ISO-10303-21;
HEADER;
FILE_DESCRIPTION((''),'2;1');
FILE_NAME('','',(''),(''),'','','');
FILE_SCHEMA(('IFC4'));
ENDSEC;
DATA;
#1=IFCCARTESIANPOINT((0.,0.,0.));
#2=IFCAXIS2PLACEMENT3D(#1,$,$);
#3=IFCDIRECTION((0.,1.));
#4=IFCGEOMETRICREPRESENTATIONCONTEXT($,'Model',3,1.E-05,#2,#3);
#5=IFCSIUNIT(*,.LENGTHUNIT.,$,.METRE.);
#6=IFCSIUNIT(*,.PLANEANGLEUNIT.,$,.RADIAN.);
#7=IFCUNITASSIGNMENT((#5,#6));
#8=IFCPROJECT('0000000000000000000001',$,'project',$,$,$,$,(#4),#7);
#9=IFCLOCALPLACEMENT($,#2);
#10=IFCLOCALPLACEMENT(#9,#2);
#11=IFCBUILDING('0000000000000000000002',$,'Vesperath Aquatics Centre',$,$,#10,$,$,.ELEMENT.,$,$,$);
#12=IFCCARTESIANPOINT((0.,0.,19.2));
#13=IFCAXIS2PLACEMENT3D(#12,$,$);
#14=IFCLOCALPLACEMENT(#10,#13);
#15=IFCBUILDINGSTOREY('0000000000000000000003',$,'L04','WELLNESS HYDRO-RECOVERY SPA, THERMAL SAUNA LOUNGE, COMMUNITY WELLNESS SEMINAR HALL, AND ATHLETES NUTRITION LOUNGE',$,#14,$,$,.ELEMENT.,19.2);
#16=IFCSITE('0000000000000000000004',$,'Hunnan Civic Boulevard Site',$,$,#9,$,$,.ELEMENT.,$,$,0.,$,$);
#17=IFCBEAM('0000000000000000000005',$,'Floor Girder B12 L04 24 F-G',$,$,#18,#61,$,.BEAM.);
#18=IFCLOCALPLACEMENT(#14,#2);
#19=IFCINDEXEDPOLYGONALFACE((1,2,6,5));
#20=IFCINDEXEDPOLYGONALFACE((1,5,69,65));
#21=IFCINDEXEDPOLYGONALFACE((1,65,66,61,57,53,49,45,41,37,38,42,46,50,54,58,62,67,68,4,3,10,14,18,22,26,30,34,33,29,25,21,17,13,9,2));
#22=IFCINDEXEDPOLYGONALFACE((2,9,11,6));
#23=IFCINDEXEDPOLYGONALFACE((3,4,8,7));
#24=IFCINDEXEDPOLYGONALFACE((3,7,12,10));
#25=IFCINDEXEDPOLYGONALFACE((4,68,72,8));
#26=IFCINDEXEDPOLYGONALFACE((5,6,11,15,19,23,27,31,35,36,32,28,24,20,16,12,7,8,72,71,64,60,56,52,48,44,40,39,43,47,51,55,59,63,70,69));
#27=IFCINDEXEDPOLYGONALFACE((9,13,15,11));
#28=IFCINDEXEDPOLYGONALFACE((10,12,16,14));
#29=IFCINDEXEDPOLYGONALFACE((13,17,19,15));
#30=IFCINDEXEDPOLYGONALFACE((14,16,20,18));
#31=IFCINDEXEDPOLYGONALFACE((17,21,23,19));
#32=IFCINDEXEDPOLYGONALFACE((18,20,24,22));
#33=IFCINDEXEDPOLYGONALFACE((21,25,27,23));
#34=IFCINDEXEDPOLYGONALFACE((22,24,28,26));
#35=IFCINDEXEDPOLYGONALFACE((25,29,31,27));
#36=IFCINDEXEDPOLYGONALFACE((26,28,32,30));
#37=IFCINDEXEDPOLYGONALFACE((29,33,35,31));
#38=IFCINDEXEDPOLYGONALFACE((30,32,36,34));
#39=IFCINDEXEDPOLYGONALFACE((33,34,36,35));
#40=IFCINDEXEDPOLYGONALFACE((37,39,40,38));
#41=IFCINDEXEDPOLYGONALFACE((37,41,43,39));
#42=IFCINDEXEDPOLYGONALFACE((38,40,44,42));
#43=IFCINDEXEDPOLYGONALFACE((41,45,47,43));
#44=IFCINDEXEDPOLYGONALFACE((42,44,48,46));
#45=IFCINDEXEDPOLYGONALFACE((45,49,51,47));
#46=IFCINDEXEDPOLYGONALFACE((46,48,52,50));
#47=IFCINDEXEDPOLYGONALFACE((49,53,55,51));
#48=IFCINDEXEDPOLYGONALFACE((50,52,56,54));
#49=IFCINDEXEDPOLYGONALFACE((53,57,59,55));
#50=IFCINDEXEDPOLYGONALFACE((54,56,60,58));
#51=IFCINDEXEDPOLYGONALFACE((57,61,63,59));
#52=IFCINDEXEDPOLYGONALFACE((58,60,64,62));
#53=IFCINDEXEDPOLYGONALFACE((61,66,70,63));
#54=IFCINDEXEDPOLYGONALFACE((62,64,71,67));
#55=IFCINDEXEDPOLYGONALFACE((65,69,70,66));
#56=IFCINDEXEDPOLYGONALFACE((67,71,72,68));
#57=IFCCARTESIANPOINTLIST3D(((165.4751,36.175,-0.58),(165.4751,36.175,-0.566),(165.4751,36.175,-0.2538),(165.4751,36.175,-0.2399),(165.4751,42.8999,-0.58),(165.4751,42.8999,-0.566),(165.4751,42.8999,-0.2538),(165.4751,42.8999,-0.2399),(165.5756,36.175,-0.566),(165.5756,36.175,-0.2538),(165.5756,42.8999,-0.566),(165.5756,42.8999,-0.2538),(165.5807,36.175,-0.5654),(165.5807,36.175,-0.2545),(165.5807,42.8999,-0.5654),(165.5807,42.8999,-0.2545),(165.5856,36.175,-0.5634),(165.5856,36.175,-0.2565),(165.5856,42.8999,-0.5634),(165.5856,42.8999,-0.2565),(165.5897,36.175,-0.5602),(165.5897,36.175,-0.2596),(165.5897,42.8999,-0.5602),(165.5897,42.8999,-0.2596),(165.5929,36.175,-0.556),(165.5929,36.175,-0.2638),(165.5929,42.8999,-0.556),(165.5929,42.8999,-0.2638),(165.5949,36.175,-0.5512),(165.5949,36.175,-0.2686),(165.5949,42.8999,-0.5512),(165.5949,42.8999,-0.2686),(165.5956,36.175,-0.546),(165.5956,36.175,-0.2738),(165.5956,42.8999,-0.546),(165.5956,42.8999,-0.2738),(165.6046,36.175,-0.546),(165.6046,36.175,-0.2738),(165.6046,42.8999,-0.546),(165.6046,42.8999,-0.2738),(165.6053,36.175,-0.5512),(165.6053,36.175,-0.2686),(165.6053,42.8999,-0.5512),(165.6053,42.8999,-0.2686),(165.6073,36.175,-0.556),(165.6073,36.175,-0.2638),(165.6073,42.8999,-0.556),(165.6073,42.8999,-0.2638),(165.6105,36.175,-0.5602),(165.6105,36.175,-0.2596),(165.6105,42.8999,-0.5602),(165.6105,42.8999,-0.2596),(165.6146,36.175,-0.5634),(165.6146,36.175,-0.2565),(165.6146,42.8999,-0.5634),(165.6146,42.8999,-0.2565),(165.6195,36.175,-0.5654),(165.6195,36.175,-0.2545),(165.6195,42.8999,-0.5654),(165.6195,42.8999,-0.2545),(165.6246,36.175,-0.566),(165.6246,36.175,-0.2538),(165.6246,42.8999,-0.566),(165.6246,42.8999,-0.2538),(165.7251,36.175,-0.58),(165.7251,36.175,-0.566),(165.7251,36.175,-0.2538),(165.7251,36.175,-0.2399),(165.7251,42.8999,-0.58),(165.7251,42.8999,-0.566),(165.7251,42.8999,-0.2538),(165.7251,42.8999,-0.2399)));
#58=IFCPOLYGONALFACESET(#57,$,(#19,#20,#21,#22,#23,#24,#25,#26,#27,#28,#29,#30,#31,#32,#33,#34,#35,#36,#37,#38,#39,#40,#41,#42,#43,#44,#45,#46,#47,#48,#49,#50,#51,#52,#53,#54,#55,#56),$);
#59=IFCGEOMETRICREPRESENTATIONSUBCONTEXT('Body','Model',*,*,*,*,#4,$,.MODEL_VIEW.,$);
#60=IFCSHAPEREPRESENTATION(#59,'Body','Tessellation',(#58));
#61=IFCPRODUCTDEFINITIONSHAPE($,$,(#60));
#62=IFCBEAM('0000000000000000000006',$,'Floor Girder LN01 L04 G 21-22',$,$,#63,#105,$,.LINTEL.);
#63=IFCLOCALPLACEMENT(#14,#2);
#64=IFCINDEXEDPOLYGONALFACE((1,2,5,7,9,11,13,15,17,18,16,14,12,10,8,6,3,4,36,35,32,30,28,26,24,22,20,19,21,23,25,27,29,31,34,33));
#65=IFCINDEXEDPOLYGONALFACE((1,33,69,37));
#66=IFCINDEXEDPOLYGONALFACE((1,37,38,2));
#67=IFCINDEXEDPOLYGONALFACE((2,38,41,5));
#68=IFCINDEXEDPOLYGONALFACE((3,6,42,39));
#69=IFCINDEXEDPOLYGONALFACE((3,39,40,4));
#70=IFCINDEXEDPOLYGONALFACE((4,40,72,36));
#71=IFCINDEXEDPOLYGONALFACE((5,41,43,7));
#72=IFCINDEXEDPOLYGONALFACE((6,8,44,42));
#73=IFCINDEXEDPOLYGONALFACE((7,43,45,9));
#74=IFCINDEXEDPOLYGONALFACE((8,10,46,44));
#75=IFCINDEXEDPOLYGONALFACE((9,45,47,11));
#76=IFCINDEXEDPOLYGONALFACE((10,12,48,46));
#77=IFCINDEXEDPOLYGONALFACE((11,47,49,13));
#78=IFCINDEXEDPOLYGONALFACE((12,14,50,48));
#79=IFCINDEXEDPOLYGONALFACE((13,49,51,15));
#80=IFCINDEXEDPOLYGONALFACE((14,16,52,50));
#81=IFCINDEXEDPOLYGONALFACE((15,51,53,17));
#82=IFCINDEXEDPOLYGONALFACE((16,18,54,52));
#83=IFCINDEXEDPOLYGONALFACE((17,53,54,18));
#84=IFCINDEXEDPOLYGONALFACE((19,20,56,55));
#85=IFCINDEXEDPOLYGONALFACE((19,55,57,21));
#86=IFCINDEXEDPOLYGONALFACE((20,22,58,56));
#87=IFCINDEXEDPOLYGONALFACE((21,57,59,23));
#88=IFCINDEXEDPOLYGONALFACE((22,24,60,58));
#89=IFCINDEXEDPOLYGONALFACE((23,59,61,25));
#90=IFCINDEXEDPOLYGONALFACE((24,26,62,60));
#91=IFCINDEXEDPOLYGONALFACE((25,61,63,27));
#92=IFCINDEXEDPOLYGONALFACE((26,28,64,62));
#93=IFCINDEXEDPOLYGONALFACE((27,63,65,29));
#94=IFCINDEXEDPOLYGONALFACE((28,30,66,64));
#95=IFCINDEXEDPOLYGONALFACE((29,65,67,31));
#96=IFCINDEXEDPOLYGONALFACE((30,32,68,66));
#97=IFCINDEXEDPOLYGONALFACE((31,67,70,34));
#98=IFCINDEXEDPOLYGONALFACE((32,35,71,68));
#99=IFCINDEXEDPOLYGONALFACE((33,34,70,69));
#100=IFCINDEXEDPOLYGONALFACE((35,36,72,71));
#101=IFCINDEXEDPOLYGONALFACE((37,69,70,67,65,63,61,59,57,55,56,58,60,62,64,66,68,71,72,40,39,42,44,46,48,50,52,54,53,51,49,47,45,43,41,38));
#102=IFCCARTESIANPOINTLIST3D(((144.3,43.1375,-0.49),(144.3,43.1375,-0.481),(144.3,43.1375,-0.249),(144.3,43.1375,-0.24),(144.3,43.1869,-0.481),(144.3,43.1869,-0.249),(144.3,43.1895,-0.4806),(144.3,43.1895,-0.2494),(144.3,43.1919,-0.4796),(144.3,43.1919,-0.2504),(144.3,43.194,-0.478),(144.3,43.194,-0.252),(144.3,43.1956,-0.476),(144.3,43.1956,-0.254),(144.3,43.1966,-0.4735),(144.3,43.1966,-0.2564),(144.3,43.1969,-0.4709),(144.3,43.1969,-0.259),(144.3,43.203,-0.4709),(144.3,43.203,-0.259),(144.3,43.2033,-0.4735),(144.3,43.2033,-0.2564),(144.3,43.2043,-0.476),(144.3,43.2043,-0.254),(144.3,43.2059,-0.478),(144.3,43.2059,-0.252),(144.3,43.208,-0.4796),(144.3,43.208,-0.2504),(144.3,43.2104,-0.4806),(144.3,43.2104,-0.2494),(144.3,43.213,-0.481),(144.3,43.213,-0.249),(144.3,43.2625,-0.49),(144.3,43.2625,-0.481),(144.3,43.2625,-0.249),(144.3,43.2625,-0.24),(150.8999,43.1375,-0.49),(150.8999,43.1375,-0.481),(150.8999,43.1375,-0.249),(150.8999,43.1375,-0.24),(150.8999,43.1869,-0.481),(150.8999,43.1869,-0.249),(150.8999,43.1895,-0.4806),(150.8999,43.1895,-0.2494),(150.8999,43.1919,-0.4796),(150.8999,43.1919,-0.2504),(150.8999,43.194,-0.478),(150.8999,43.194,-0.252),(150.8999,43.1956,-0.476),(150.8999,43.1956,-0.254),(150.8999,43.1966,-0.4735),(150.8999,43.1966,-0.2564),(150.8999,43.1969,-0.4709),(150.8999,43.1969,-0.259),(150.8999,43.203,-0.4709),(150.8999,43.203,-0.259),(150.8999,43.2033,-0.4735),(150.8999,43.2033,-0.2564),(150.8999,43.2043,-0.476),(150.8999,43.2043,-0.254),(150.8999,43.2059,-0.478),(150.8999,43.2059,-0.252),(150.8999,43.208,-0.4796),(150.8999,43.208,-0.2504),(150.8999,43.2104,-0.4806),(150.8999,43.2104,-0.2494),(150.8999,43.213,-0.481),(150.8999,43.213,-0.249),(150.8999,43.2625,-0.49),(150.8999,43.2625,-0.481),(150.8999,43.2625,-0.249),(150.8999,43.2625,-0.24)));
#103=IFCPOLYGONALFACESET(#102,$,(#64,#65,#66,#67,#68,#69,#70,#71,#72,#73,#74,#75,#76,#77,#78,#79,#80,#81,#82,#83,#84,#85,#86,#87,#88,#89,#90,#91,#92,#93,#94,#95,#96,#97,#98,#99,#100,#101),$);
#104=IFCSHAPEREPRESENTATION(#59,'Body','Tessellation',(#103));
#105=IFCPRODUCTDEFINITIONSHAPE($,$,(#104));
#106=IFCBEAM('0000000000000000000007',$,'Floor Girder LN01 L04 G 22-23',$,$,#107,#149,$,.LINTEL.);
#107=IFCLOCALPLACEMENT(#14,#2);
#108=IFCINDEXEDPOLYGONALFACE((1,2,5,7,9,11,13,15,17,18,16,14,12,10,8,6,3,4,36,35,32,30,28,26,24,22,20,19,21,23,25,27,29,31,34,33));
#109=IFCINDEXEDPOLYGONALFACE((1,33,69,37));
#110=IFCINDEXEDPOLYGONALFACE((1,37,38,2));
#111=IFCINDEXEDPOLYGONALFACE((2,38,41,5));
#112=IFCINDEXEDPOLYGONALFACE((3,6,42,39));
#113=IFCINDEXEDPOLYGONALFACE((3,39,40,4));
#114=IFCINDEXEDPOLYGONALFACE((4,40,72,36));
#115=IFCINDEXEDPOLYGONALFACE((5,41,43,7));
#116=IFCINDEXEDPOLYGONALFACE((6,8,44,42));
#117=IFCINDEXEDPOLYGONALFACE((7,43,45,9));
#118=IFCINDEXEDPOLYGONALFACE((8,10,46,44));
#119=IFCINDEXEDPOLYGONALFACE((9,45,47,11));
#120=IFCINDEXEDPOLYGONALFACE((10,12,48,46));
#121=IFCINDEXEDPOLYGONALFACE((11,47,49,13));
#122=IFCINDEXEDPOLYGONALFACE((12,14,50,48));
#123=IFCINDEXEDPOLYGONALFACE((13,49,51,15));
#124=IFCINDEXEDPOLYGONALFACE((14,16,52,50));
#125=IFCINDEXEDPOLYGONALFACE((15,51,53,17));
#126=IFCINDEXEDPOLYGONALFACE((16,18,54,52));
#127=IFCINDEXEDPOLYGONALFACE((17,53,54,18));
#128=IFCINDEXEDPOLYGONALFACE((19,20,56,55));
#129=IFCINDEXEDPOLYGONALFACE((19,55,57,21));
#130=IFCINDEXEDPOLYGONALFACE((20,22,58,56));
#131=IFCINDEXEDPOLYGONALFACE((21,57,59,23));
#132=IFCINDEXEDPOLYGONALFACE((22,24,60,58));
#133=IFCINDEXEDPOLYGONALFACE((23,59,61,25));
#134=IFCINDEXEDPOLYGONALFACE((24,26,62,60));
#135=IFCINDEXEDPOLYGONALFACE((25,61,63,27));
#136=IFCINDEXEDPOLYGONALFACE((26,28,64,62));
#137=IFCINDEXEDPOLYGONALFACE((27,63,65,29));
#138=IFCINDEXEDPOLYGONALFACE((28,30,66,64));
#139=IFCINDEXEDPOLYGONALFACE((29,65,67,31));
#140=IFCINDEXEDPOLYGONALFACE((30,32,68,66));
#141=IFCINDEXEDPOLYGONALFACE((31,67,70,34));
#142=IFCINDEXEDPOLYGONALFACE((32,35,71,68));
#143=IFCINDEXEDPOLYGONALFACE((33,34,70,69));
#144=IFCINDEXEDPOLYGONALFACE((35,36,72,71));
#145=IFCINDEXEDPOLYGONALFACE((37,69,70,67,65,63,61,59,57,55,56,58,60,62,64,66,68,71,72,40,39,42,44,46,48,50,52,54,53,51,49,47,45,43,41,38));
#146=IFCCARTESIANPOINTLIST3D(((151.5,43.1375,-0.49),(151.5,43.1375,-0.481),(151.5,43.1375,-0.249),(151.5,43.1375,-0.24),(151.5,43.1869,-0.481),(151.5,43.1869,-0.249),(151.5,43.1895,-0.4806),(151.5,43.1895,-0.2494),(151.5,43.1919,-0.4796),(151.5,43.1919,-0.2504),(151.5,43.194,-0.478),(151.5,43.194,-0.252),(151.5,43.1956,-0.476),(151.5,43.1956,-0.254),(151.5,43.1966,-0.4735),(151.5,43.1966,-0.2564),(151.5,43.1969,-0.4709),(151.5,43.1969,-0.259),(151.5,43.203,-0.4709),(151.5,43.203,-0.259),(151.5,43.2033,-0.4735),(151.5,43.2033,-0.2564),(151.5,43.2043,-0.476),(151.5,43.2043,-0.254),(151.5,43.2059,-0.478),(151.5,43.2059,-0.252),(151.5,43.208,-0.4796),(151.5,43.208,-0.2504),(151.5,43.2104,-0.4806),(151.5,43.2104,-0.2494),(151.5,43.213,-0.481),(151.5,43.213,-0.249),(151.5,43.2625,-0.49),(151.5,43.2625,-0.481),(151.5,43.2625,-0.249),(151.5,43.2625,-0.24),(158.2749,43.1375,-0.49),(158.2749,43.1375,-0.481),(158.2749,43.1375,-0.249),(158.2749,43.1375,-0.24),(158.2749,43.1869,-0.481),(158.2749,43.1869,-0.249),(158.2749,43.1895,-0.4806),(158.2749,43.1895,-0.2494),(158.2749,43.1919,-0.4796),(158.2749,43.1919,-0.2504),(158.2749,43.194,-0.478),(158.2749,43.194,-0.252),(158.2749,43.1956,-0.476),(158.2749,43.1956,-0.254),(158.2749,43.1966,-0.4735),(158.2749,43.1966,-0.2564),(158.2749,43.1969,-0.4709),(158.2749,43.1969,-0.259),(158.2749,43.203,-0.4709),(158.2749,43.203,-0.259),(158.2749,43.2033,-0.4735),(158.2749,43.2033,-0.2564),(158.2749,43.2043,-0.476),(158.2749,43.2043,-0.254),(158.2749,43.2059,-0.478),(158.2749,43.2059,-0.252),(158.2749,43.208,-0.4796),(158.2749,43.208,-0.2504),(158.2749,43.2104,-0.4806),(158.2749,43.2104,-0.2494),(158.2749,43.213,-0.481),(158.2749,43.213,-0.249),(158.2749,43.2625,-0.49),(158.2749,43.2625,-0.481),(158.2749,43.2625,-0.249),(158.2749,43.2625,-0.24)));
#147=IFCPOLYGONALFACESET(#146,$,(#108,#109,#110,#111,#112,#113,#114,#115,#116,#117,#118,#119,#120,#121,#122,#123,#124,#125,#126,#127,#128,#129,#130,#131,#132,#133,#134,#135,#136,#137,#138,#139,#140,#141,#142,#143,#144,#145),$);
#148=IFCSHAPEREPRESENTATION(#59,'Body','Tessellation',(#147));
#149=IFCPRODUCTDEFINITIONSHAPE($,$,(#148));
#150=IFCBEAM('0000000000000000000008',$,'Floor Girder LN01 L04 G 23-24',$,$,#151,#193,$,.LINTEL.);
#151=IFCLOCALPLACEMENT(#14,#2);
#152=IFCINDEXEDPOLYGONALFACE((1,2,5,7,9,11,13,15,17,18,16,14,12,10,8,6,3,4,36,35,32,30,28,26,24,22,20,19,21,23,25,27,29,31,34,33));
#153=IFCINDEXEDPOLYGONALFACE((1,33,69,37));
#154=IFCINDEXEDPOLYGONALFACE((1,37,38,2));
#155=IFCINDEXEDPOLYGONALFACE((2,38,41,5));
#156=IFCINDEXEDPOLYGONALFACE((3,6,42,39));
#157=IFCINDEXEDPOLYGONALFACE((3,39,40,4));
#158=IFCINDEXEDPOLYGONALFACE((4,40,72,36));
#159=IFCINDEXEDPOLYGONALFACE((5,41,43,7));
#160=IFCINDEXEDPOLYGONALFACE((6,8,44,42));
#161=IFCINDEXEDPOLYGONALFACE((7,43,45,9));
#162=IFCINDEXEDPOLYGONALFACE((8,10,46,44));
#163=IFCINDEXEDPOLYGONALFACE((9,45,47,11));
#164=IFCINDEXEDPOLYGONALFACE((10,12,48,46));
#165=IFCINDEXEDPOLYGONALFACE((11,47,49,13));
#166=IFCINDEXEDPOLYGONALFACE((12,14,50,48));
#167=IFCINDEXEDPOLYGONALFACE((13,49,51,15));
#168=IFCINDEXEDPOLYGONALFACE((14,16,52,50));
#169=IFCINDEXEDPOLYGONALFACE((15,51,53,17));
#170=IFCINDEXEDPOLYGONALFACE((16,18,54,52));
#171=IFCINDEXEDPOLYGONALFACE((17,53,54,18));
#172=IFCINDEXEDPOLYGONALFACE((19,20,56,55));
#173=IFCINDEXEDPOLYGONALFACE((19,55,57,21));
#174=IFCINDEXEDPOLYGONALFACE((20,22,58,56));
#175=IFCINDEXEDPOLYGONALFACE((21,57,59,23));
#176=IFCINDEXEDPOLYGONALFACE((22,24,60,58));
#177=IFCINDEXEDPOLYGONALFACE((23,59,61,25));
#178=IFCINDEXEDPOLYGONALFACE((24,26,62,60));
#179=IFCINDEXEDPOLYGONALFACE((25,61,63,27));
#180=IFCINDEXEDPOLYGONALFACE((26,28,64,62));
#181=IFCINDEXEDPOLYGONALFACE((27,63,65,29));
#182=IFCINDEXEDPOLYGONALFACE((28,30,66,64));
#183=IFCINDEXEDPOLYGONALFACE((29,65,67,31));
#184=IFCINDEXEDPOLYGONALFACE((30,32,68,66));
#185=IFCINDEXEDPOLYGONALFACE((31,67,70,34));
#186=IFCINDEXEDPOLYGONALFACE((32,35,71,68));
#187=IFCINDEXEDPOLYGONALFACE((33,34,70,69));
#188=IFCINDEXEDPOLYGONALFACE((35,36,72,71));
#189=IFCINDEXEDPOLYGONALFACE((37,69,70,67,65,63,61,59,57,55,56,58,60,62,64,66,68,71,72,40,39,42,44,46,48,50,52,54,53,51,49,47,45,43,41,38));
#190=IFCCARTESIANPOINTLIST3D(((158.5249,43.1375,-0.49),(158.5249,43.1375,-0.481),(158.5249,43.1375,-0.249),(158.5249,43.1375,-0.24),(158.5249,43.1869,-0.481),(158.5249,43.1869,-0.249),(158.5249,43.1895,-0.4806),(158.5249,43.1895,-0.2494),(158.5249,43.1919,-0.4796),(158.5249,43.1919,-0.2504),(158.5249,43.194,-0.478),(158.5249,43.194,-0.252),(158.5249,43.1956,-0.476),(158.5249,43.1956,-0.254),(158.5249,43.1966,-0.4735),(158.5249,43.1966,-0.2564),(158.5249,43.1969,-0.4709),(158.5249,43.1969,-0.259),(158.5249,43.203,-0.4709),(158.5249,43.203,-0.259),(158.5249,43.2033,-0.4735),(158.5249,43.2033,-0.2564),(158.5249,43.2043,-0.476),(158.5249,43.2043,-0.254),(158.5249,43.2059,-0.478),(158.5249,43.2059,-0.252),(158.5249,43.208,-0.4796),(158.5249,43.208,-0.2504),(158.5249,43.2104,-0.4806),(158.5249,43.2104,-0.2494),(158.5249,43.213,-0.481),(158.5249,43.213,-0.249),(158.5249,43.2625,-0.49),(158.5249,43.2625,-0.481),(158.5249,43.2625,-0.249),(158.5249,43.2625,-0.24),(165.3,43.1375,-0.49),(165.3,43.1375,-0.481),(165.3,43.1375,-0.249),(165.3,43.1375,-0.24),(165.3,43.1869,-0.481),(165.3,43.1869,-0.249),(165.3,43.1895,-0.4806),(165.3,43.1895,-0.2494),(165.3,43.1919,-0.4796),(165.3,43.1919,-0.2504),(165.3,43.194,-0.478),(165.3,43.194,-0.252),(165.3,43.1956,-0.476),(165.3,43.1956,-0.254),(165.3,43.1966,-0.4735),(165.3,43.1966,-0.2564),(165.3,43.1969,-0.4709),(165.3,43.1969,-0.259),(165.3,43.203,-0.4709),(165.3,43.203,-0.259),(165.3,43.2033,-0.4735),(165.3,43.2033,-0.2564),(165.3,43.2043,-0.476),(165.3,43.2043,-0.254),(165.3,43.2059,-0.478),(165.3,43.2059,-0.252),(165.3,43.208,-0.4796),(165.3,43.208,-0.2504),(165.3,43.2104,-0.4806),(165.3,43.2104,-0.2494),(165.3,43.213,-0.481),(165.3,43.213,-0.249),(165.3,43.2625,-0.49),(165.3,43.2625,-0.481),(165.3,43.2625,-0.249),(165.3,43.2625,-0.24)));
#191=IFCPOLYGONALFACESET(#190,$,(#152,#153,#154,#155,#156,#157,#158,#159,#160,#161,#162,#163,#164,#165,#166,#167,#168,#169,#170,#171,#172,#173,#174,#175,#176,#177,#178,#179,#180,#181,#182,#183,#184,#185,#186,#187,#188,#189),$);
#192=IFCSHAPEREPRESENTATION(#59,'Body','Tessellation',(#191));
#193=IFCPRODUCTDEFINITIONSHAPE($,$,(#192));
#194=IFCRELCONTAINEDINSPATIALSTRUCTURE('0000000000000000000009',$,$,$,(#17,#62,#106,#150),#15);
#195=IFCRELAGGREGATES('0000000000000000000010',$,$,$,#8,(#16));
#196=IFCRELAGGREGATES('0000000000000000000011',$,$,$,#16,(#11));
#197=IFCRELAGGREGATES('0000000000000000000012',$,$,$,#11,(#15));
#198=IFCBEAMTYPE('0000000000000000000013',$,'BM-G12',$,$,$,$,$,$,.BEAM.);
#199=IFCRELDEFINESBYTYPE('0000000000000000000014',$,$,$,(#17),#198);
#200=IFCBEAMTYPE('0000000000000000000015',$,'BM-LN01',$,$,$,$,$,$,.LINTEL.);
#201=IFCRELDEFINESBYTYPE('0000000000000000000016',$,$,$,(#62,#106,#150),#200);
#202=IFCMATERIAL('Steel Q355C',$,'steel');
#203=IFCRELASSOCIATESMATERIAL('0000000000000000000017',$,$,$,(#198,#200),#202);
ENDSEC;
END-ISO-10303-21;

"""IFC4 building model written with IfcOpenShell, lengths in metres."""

from ifc_helpers import new_model, si_unit, direction, frame, origin, origin_2d, place, context, subcontext, project, spatial, i_section, extrude, material, material_profile, profile_set, type_object, element, save


model = new_model("IFC4")

# Units and contexts
model_context = context("Model", 3, precision=1e-05, world=origin(), true_north=direction((0.0, 1.0)))
body_context = subcontext(model_context, "Body", "Model", "MODEL_VIEW")
ifc_project = project(units=[si_unit("LENGTHUNIT", "METRE"), si_unit("PLANEANGLEUNIT", "RADIAN")], contexts=[model_context])

# Site, building, storey
site_placement = place(None, origin())
site = spatial("IfcSite", under=ifc_project, at=site_placement, Name="Hunnan Civic Boulevard Site", CompositionType="ELEMENT", RefElevation=0.0)
building_placement = place(site_placement, origin())
building = spatial("IfcBuilding", under=site, at=building_placement, Name="Vesperath Aquatics Centre", CompositionType="ELEMENT")
storey_placement = place(building_placement, frame((0.0, 0.0, 19.2)))
storey = spatial("IfcBuildingStorey", under=building, at=storey_placement, Name="L04", Description="WELLNESS HYDRO-RECOVERY SPA, THERMAL SAUNA LOUNGE, COMMUNITY WELLNESS SEMINAR HALL, AND ATHLETES NUTRITION LOUNGE", CompositionType="ELEMENT", Elevation=19.2)

# Shared definitions
ifc_material_1 = material(Name="Steel Q355C", Category="steel")

# Beams
ifc_material_profile_1 = material_profile(ifc_material_1, i_section(OverallWidth=0.25, OverallDepth=0.3401, WebThickness=0.009, FlangeThickness=0.0139, FilletRadius=0.02, at=origin_2d()), Name="HM 340x250x9x14")
ifc_profile_set_1 = profile_set([ifc_material_profile_1], Name="Steel Q355C")
beam_type_1 = type_object("IfcBeamType", Name="BM-G12", PredefinedType="BEAM", material=ifc_profile_set_1)
for number, where, z_axis, x_axis, name in (
    (1, (165.6001, 36.175, -0.4099), (0.0, 1.0, 0.0), (-1.0, 0.0, 0.0), "Floor Girder B12 L04 24 F-G"),
):
    element("IfcBeam", number, at=place(storey_placement, frame(where, z_axis=z_axis, x_axis=x_axis)), inside=storey, type_object=beam_type_1, Name=name, PredefinedType="BEAM", context=body_context, shape_type="SweptSolid", body=[
        extrude(i_section(OverallWidth=0.25, OverallDepth=0.3401, WebThickness=0.009, FlangeThickness=0.0139, FilletRadius=0.02, at=origin_2d()), origin(), (0.0, 0.0, 1.0), 6.7249),
    ])
ifc_material_profile_2 = material_profile(ifc_material_1, i_section(OverallWidth=0.125, OverallDepth=0.25, WebThickness=0.0061, FlangeThickness=0.009, FilletRadius=0.01, at=origin_2d()), Name="HN 250x125x6x9")
ifc_profile_set_2 = profile_set([ifc_material_profile_2], Name="Steel Q355C")
beam_type_2 = type_object("IfcBeamType", Name="BM-LN01", PredefinedType="LINTEL", material=ifc_profile_set_2)
beam_1_placement = place(storey_placement, frame((144.3, 43.2, -0.365), z_axis=(1.0, 0.0, 0.0), x_axis=(0.0, 1.0, 0.0)))
element("IfcBeam", 2, at=beam_1_placement, inside=storey, type_object=beam_type_2, Name="Floor Girder LN01 L04 G 21-22", PredefinedType="LINTEL", context=body_context, shape_type="SweptSolid", body=[
    extrude(i_section(OverallWidth=0.125, OverallDepth=0.25, WebThickness=0.0061, FlangeThickness=0.009, FilletRadius=0.01, at=origin_2d()), origin(), (0.0, 0.0, 1.0), 6.5999),
])
beam_2_placement = place(storey_placement, frame((151.5, 43.2, -0.365), z_axis=(1.0, 0.0, 0.0), x_axis=(0.0, 1.0, 0.0)))
element("IfcBeam", 3, at=beam_2_placement, inside=storey, type_object=beam_type_2, Name="Floor Girder LN01 L04 G 22-23", PredefinedType="LINTEL", context=body_context, shape_type="SweptSolid", body=[
    extrude(i_section(OverallWidth=0.125, OverallDepth=0.25, WebThickness=0.0061, FlangeThickness=0.009, FilletRadius=0.01, at=origin_2d()), origin(), (0.0, 0.0, 1.0), 6.7749),
])
beam_3_placement = place(storey_placement, frame((158.5249, 43.2, -0.365), z_axis=(1.0, 0.0, 0.0), x_axis=(0.0, 1.0, 0.0)))
element("IfcBeam", 4, at=beam_3_placement, inside=storey, type_object=beam_type_2, Name="Floor Girder LN01 L04 G 23-24", PredefinedType="LINTEL", context=body_context, shape_type="SweptSolid", body=[
    extrude(i_section(OverallWidth=0.125, OverallDepth=0.25, WebThickness=0.0061, FlangeThickness=0.009, FilletRadius=0.01, at=origin_2d()), origin(), (0.0, 0.0, 1.0), 6.7751),
])

save(model, "model.ifc")
